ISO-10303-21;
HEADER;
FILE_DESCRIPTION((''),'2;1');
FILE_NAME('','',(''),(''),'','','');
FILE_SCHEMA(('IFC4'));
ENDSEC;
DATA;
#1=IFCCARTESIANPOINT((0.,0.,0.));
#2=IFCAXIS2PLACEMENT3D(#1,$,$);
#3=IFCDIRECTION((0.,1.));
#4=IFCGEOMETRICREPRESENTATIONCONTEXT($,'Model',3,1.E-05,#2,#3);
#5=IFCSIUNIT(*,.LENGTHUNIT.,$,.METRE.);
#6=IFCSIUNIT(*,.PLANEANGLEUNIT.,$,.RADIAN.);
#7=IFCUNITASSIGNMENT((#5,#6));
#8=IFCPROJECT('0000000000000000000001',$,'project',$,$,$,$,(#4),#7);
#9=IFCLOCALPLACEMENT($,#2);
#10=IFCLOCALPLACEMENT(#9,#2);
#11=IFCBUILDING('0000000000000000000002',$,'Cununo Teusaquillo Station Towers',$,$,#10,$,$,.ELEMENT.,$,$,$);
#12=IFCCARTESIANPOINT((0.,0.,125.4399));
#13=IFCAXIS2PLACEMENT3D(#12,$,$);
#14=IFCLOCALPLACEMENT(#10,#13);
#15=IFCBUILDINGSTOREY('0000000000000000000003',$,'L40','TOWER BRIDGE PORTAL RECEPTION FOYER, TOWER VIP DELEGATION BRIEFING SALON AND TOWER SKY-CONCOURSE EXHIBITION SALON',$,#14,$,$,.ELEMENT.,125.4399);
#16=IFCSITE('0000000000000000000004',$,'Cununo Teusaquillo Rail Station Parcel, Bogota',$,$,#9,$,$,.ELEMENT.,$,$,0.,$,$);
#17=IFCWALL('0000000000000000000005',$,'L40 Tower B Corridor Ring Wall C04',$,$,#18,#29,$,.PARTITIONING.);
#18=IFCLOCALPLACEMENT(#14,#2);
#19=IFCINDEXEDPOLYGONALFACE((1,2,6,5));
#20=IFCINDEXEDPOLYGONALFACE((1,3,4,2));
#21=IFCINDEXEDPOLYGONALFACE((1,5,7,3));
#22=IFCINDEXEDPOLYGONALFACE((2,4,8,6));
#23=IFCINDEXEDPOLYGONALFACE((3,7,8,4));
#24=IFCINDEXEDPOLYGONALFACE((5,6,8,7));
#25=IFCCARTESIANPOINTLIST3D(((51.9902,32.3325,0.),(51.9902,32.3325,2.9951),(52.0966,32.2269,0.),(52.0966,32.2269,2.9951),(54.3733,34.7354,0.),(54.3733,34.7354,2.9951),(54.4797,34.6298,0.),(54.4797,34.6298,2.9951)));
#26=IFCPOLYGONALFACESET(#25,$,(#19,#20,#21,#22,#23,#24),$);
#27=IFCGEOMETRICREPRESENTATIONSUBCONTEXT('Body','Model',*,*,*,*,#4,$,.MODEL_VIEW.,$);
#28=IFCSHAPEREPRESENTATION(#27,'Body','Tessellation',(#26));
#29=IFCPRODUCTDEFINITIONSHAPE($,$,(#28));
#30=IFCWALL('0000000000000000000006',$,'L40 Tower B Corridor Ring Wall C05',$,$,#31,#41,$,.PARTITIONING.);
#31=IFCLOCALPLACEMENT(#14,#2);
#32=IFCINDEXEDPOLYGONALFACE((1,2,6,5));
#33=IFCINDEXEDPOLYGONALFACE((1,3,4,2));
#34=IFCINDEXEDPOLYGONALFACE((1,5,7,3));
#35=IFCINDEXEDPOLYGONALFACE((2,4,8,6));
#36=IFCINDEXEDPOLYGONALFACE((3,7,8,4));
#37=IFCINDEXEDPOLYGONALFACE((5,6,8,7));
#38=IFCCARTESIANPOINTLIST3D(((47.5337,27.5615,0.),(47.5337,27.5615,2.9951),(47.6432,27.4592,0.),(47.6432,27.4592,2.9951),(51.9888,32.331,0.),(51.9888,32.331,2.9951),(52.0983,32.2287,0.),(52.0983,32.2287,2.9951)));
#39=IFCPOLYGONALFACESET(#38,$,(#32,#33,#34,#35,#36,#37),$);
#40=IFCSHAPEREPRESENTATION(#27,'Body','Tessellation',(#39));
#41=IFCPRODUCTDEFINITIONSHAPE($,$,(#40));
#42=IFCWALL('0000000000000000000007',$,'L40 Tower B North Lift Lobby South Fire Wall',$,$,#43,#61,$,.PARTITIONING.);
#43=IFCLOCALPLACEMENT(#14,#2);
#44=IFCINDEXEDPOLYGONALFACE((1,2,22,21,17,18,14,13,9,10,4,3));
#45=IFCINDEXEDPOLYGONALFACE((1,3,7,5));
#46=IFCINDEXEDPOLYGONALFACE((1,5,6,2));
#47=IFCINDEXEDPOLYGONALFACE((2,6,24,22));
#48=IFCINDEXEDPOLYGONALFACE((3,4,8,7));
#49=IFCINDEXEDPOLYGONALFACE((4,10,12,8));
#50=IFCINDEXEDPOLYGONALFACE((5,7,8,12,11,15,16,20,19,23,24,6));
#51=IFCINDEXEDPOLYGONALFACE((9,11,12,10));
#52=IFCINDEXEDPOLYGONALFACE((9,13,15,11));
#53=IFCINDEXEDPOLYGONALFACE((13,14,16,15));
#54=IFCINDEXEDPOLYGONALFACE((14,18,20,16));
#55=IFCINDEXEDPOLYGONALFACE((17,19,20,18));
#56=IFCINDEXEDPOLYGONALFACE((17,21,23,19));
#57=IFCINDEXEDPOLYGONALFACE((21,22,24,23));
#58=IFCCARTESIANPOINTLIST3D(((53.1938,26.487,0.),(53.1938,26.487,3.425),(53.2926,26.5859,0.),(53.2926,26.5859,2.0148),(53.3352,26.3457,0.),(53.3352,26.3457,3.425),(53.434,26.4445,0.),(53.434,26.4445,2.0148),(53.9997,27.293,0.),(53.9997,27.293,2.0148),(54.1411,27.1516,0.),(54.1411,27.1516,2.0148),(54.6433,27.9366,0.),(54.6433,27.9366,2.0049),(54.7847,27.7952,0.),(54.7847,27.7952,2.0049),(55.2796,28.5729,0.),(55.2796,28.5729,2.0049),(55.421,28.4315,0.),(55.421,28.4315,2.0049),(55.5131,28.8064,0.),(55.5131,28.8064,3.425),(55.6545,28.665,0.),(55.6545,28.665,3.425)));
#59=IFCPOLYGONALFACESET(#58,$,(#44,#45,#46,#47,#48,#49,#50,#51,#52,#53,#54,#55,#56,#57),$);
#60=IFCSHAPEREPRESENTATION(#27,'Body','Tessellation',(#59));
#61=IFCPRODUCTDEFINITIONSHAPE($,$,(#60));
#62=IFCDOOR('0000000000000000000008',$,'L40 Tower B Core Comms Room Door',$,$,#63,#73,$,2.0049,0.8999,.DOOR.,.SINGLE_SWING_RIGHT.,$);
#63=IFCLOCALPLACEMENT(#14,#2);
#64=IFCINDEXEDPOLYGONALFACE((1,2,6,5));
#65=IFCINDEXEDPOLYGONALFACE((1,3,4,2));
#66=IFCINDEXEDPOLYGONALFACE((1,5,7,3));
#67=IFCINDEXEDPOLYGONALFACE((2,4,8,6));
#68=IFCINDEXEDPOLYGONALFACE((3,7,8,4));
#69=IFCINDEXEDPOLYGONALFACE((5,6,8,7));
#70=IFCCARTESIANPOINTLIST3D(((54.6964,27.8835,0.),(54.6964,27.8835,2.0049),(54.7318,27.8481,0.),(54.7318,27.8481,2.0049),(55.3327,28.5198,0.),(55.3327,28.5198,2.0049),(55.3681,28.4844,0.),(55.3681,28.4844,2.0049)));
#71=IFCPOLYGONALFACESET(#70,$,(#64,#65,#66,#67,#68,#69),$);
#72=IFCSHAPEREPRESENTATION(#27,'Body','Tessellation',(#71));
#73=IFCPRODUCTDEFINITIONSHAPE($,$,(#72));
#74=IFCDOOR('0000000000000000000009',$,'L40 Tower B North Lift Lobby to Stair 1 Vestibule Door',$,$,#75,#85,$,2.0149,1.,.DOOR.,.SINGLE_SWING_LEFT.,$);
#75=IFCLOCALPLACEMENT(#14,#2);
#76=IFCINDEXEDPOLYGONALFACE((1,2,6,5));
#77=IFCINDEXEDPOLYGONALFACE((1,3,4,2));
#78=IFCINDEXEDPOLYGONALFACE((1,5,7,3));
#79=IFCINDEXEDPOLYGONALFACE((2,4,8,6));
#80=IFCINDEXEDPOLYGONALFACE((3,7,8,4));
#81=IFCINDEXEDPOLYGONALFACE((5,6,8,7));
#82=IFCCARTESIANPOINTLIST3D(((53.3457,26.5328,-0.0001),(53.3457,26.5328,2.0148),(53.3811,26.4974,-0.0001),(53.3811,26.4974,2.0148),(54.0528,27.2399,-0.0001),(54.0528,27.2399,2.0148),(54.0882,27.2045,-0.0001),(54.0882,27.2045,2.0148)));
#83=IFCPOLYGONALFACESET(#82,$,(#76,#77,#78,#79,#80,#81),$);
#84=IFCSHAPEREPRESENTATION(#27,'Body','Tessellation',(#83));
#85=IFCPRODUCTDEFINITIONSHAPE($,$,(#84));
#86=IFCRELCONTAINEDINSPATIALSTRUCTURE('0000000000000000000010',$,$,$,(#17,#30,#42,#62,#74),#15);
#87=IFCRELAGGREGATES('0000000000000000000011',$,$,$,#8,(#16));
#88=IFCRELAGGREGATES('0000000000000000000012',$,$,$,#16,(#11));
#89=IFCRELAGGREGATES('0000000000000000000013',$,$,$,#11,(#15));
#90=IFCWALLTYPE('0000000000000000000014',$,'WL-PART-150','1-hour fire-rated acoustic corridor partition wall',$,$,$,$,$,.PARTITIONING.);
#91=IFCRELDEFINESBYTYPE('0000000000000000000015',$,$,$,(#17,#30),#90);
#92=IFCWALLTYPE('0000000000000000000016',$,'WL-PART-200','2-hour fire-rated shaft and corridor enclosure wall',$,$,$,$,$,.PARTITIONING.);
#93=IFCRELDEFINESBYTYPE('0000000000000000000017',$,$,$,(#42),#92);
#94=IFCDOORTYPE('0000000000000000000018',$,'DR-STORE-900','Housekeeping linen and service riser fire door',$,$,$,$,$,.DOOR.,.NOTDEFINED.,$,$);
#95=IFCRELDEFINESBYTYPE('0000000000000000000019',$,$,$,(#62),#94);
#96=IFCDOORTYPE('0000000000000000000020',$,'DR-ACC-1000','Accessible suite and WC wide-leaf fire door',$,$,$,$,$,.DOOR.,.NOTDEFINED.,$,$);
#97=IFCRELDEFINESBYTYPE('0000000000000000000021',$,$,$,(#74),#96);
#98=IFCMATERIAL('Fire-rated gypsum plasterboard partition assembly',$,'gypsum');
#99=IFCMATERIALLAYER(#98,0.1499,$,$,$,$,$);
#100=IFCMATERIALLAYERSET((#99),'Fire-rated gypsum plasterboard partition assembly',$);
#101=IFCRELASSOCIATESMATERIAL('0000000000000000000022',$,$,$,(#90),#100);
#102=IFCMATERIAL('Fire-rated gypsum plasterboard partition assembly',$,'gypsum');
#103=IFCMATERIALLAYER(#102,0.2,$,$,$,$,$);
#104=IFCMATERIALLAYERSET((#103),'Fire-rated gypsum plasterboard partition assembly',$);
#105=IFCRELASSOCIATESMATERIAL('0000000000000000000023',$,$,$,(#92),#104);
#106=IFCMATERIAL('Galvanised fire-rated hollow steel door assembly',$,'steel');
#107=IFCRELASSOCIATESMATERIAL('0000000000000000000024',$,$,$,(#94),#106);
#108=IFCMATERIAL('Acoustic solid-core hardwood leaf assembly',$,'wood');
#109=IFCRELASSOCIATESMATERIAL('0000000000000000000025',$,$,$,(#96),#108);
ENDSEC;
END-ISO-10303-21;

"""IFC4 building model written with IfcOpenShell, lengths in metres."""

from ifc_helpers import new_model, si_unit, direction, frame, frame_2d, origin, place, context, subcontext, project, spatial, rectangle, extrude, source, transform, mapped, material, layer, layer_set, type_object, element, fill, save


model = new_model("IFC4")

# Units and contexts
model_context = context("Model", 3, precision=1e-05, world=origin(), true_north=direction((0.0, 1.0)))
body_context = subcontext(model_context, "Body", "Model", "MODEL_VIEW")
ifc_project = project(units=[si_unit("LENGTHUNIT", "METRE"), si_unit("PLANEANGLEUNIT", "RADIAN")], contexts=[model_context])

# Site, building, storey
site_placement = place(None, origin())
site = spatial("IfcSite", under=ifc_project, at=site_placement, Name="Cununo Teusaquillo Rail Station Parcel, Bogota", CompositionType="ELEMENT", RefElevation=0.0)
building_placement = place(site_placement, origin())
building = spatial("IfcBuilding", under=site, at=building_placement, Name="Cununo Teusaquillo Station Towers", CompositionType="ELEMENT")
storey_placement = place(building_placement, frame((0.0, 0.0, 125.4399)))
storey = spatial("IfcBuildingStorey", under=building, at=storey_placement, Name="L40", Description="TOWER BRIDGE PORTAL RECEPTION FOYER, TOWER VIP DELEGATION BRIEFING SALON AND TOWER SKY-CONCOURSE EXHIBITION SALON", CompositionType="ELEMENT", Elevation=125.4399)

# Shared definitions
ifc_material_1 = material(Name="Fire-rated gypsum plasterboard partition assembly", Category="gypsum")
ifc_layer_1 = layer(ifc_material_1, 0.1499)
ifc_layer_set_1 = layer_set([ifc_layer_1], Name="Fire-rated gypsum plasterboard partition assembly")
wall_type_1 = type_object("IfcWallType", Name="WL-PART-150", Description="1-hour fire-rated acoustic corridor partition wall", PredefinedType="PARTITIONING", material=ifc_layer_set_1)

# Walls
wall_1_placement = place(storey_placement, frame((54.4265, 34.6826, 0.0), z_axis=(0.0, 0.0, 1.0), x_axis=(-0.704179, -0.710022, 0.0)))
element("IfcWall", 1, at=wall_1_placement, inside=storey, type_object=wall_type_1, Name="L40 Tower B Corridor Ring Wall C04", PredefinedType="PARTITIONING", context=body_context, shape_type="SweptSolid", body=[
    extrude(rectangle(XDim=3.3843, YDim=0.1499, at=frame_2d((1.6921, 0.0))), origin(), (0.0, 0.0, 1.0), 2.9951),
])
wall_2_placement = place(storey_placement, frame((52.0435, 32.2798, 0.0), z_axis=(0.0, 0.0, 1.0), x_axis=(-0.682606, -0.730787, 0.0)))
element("IfcWall", 2, at=wall_2_placement, inside=storey, type_object=wall_type_1, Name="L40 Tower B Corridor Ring Wall C05", PredefinedType="PARTITIONING", context=body_context, shape_type="SweptSolid", body=[
    extrude(rectangle(XDim=6.5266, YDim=0.1499, at=frame_2d((3.2632, 0.0))), origin(), (0.0, 0.0, 1.0), 2.9951),
])

# Wall, openings, doors
ifc_material_2 = material(Name="Fire-rated gypsum plasterboard partition assembly", Category="gypsum")
ifc_layer_2 = layer(ifc_material_2, 0.2)
ifc_layer_set_2 = layer_set([ifc_layer_2], Name="Fire-rated gypsum plasterboard partition assembly")
wall_type_2 = type_object("IfcWallType", Name="WL-PART-200", Description="2-hour fire-rated shaft and corridor enclosure wall", PredefinedType="PARTITIONING", material=ifc_layer_set_2)
wall_3_placement = place(storey_placement, frame((53.2644, 26.4163, 0.0), z_axis=(0.0, 0.0, 1.0), x_axis=(0.707107, 0.707107, 0.0)))
wall_3 = element("IfcWall", 3, at=wall_3_placement, inside=storey, type_object=wall_type_2, Name="L40 Tower B North Lift Lobby South Fire Wall", PredefinedType="PARTITIONING", context=body_context, shape_type="SweptSolid", body=[
    extrude(rectangle(XDim=3.28, YDim=0.2, at=frame_2d((1.6401, 0.0))), origin(), (0.0, 0.0, 1.0), 3.425),
])
shared_shape_1 = source(origin(), body_context, "Body", "SweptSolid", [
    extrude(rectangle(XDim=1.0, YDim=2.0149, at=frame_2d((0.5, 1.0073))), frame((0.0, 0.1099, 0.0), z_axis=(0.0, -1.0, 0.0), x_axis=(1.0, 0.0, 0.0)), (0.0, 0.0, 1.0), 0.22),
])
opening_1_placement = place(wall_3_placement, frame((0.1399, 0.0, 0.0)))
opening_1 = element("IfcOpeningElement", 4, at=opening_1_placement, cuts=wall_3, PredefinedType="OPENING", context=body_context, shape_type="MappedRepresentation", body=[
    mapped(shared_shape_1, transform((0.0, 0.0, 0.0), x_axis=(1.0, 0.0, 0.0), y_axis=(0.0, 1.0, 0.0), z_axis=(0.0, 0.0, 1.0), scale=1.0)),
])
shared_shape_2 = source(origin(), body_context, "Body", "SweptSolid", [
    extrude(rectangle(XDim=0.8999, YDim=2.0049, at=frame_2d((0.45, 1.0024))), frame((0.0, 0.1099, 0.0), z_axis=(0.0, -1.0, 0.0), x_axis=(1.0, 0.0, 0.0)), (0.0, 0.0, 1.0), 0.22),
])
opening_2_placement = place(wall_3_placement, frame((2.05, 0.0, 0.0)))
opening_2 = element("IfcOpeningElement", 5, at=opening_2_placement, cuts=wall_3, PredefinedType="OPENING", context=body_context, shape_type="MappedRepresentation", body=[
    mapped(shared_shape_2, transform((0.0, 0.0, 0.0), x_axis=(1.0, 0.0, 0.0), y_axis=(0.0, 1.0, 0.0), z_axis=(0.0, 0.0, 1.0), scale=1.0)),
])
ifc_material_3 = material(Name="Galvanised fire-rated hollow steel door assembly", Category="steel")
door_type_1 = type_object("IfcDoorType", Name="DR-STORE-900", Description="Housekeeping linen and service riser fire door", OperationType="NOTDEFINED", PredefinedType="DOOR", material=ifc_material_3)
shared_shape_3 = source(origin(), body_context, "Body", "SweptSolid", [
    extrude(rectangle(XDim=0.8999, YDim=2.0049, at=frame_2d((0.45, 1.0024))), frame((0.0, 0.0249, 0.0), z_axis=(0.0, -1.0, 0.0), x_axis=(1.0, 0.0, 0.0)), (0.0, 0.0, 1.0), 0.05),
])
door_1_placement = place(opening_2_placement, origin())
door_1 = element("IfcDoor", 6, at=door_1_placement, inside=storey, type_object=door_type_1, Name="L40 Tower B Core Comms Room Door", OperationType="SINGLE_SWING_RIGHT", OverallHeight=2.0049, OverallWidth=0.8999, PredefinedType="DOOR", context=body_context, shape_type="MappedRepresentation", body=[
    mapped(shared_shape_3, transform((0.0, 0.0, 0.0), x_axis=(1.0, 0.0, 0.0), y_axis=(0.0, 1.0, 0.0), z_axis=(0.0, 0.0, 1.0), scale=1.0)),
])
fill(opening_2, door_1)
ifc_material_4 = material(Name="Acoustic solid-core hardwood leaf assembly", Category="wood")
door_type_2 = type_object("IfcDoorType", Name="DR-ACC-1000", Description="Accessible suite and WC wide-leaf fire door", OperationType="NOTDEFINED", PredefinedType="DOOR", material=ifc_material_4)
shared_shape_4 = source(origin(), body_context, "Body", "SweptSolid", [
    extrude(rectangle(XDim=1.0, YDim=2.0149, at=frame_2d((0.5, 1.0073))), frame((0.0, 0.0249, 0.0), z_axis=(0.0, -1.0, 0.0), x_axis=(1.0, 0.0, 0.0)), (0.0, 0.0, 1.0), 0.05),
])
door_2_placement = place(opening_1_placement, origin())
door_2 = element("IfcDoor", 7, at=door_2_placement, inside=storey, type_object=door_type_2, Name="L40 Tower B North Lift Lobby to Stair 1 Vestibule Door", OperationType="SINGLE_SWING_LEFT", OverallHeight=2.0149, OverallWidth=1.0, PredefinedType="DOOR", context=body_context, shape_type="MappedRepresentation", body=[
    mapped(shared_shape_4, transform((0.0, 0.0, 0.0), x_axis=(1.0, 0.0, 0.0), y_axis=(0.0, 1.0, 0.0), z_axis=(0.0, 0.0, 1.0), scale=1.0)),
])
fill(opening_1, door_2)

save(model, "model.ifc")
